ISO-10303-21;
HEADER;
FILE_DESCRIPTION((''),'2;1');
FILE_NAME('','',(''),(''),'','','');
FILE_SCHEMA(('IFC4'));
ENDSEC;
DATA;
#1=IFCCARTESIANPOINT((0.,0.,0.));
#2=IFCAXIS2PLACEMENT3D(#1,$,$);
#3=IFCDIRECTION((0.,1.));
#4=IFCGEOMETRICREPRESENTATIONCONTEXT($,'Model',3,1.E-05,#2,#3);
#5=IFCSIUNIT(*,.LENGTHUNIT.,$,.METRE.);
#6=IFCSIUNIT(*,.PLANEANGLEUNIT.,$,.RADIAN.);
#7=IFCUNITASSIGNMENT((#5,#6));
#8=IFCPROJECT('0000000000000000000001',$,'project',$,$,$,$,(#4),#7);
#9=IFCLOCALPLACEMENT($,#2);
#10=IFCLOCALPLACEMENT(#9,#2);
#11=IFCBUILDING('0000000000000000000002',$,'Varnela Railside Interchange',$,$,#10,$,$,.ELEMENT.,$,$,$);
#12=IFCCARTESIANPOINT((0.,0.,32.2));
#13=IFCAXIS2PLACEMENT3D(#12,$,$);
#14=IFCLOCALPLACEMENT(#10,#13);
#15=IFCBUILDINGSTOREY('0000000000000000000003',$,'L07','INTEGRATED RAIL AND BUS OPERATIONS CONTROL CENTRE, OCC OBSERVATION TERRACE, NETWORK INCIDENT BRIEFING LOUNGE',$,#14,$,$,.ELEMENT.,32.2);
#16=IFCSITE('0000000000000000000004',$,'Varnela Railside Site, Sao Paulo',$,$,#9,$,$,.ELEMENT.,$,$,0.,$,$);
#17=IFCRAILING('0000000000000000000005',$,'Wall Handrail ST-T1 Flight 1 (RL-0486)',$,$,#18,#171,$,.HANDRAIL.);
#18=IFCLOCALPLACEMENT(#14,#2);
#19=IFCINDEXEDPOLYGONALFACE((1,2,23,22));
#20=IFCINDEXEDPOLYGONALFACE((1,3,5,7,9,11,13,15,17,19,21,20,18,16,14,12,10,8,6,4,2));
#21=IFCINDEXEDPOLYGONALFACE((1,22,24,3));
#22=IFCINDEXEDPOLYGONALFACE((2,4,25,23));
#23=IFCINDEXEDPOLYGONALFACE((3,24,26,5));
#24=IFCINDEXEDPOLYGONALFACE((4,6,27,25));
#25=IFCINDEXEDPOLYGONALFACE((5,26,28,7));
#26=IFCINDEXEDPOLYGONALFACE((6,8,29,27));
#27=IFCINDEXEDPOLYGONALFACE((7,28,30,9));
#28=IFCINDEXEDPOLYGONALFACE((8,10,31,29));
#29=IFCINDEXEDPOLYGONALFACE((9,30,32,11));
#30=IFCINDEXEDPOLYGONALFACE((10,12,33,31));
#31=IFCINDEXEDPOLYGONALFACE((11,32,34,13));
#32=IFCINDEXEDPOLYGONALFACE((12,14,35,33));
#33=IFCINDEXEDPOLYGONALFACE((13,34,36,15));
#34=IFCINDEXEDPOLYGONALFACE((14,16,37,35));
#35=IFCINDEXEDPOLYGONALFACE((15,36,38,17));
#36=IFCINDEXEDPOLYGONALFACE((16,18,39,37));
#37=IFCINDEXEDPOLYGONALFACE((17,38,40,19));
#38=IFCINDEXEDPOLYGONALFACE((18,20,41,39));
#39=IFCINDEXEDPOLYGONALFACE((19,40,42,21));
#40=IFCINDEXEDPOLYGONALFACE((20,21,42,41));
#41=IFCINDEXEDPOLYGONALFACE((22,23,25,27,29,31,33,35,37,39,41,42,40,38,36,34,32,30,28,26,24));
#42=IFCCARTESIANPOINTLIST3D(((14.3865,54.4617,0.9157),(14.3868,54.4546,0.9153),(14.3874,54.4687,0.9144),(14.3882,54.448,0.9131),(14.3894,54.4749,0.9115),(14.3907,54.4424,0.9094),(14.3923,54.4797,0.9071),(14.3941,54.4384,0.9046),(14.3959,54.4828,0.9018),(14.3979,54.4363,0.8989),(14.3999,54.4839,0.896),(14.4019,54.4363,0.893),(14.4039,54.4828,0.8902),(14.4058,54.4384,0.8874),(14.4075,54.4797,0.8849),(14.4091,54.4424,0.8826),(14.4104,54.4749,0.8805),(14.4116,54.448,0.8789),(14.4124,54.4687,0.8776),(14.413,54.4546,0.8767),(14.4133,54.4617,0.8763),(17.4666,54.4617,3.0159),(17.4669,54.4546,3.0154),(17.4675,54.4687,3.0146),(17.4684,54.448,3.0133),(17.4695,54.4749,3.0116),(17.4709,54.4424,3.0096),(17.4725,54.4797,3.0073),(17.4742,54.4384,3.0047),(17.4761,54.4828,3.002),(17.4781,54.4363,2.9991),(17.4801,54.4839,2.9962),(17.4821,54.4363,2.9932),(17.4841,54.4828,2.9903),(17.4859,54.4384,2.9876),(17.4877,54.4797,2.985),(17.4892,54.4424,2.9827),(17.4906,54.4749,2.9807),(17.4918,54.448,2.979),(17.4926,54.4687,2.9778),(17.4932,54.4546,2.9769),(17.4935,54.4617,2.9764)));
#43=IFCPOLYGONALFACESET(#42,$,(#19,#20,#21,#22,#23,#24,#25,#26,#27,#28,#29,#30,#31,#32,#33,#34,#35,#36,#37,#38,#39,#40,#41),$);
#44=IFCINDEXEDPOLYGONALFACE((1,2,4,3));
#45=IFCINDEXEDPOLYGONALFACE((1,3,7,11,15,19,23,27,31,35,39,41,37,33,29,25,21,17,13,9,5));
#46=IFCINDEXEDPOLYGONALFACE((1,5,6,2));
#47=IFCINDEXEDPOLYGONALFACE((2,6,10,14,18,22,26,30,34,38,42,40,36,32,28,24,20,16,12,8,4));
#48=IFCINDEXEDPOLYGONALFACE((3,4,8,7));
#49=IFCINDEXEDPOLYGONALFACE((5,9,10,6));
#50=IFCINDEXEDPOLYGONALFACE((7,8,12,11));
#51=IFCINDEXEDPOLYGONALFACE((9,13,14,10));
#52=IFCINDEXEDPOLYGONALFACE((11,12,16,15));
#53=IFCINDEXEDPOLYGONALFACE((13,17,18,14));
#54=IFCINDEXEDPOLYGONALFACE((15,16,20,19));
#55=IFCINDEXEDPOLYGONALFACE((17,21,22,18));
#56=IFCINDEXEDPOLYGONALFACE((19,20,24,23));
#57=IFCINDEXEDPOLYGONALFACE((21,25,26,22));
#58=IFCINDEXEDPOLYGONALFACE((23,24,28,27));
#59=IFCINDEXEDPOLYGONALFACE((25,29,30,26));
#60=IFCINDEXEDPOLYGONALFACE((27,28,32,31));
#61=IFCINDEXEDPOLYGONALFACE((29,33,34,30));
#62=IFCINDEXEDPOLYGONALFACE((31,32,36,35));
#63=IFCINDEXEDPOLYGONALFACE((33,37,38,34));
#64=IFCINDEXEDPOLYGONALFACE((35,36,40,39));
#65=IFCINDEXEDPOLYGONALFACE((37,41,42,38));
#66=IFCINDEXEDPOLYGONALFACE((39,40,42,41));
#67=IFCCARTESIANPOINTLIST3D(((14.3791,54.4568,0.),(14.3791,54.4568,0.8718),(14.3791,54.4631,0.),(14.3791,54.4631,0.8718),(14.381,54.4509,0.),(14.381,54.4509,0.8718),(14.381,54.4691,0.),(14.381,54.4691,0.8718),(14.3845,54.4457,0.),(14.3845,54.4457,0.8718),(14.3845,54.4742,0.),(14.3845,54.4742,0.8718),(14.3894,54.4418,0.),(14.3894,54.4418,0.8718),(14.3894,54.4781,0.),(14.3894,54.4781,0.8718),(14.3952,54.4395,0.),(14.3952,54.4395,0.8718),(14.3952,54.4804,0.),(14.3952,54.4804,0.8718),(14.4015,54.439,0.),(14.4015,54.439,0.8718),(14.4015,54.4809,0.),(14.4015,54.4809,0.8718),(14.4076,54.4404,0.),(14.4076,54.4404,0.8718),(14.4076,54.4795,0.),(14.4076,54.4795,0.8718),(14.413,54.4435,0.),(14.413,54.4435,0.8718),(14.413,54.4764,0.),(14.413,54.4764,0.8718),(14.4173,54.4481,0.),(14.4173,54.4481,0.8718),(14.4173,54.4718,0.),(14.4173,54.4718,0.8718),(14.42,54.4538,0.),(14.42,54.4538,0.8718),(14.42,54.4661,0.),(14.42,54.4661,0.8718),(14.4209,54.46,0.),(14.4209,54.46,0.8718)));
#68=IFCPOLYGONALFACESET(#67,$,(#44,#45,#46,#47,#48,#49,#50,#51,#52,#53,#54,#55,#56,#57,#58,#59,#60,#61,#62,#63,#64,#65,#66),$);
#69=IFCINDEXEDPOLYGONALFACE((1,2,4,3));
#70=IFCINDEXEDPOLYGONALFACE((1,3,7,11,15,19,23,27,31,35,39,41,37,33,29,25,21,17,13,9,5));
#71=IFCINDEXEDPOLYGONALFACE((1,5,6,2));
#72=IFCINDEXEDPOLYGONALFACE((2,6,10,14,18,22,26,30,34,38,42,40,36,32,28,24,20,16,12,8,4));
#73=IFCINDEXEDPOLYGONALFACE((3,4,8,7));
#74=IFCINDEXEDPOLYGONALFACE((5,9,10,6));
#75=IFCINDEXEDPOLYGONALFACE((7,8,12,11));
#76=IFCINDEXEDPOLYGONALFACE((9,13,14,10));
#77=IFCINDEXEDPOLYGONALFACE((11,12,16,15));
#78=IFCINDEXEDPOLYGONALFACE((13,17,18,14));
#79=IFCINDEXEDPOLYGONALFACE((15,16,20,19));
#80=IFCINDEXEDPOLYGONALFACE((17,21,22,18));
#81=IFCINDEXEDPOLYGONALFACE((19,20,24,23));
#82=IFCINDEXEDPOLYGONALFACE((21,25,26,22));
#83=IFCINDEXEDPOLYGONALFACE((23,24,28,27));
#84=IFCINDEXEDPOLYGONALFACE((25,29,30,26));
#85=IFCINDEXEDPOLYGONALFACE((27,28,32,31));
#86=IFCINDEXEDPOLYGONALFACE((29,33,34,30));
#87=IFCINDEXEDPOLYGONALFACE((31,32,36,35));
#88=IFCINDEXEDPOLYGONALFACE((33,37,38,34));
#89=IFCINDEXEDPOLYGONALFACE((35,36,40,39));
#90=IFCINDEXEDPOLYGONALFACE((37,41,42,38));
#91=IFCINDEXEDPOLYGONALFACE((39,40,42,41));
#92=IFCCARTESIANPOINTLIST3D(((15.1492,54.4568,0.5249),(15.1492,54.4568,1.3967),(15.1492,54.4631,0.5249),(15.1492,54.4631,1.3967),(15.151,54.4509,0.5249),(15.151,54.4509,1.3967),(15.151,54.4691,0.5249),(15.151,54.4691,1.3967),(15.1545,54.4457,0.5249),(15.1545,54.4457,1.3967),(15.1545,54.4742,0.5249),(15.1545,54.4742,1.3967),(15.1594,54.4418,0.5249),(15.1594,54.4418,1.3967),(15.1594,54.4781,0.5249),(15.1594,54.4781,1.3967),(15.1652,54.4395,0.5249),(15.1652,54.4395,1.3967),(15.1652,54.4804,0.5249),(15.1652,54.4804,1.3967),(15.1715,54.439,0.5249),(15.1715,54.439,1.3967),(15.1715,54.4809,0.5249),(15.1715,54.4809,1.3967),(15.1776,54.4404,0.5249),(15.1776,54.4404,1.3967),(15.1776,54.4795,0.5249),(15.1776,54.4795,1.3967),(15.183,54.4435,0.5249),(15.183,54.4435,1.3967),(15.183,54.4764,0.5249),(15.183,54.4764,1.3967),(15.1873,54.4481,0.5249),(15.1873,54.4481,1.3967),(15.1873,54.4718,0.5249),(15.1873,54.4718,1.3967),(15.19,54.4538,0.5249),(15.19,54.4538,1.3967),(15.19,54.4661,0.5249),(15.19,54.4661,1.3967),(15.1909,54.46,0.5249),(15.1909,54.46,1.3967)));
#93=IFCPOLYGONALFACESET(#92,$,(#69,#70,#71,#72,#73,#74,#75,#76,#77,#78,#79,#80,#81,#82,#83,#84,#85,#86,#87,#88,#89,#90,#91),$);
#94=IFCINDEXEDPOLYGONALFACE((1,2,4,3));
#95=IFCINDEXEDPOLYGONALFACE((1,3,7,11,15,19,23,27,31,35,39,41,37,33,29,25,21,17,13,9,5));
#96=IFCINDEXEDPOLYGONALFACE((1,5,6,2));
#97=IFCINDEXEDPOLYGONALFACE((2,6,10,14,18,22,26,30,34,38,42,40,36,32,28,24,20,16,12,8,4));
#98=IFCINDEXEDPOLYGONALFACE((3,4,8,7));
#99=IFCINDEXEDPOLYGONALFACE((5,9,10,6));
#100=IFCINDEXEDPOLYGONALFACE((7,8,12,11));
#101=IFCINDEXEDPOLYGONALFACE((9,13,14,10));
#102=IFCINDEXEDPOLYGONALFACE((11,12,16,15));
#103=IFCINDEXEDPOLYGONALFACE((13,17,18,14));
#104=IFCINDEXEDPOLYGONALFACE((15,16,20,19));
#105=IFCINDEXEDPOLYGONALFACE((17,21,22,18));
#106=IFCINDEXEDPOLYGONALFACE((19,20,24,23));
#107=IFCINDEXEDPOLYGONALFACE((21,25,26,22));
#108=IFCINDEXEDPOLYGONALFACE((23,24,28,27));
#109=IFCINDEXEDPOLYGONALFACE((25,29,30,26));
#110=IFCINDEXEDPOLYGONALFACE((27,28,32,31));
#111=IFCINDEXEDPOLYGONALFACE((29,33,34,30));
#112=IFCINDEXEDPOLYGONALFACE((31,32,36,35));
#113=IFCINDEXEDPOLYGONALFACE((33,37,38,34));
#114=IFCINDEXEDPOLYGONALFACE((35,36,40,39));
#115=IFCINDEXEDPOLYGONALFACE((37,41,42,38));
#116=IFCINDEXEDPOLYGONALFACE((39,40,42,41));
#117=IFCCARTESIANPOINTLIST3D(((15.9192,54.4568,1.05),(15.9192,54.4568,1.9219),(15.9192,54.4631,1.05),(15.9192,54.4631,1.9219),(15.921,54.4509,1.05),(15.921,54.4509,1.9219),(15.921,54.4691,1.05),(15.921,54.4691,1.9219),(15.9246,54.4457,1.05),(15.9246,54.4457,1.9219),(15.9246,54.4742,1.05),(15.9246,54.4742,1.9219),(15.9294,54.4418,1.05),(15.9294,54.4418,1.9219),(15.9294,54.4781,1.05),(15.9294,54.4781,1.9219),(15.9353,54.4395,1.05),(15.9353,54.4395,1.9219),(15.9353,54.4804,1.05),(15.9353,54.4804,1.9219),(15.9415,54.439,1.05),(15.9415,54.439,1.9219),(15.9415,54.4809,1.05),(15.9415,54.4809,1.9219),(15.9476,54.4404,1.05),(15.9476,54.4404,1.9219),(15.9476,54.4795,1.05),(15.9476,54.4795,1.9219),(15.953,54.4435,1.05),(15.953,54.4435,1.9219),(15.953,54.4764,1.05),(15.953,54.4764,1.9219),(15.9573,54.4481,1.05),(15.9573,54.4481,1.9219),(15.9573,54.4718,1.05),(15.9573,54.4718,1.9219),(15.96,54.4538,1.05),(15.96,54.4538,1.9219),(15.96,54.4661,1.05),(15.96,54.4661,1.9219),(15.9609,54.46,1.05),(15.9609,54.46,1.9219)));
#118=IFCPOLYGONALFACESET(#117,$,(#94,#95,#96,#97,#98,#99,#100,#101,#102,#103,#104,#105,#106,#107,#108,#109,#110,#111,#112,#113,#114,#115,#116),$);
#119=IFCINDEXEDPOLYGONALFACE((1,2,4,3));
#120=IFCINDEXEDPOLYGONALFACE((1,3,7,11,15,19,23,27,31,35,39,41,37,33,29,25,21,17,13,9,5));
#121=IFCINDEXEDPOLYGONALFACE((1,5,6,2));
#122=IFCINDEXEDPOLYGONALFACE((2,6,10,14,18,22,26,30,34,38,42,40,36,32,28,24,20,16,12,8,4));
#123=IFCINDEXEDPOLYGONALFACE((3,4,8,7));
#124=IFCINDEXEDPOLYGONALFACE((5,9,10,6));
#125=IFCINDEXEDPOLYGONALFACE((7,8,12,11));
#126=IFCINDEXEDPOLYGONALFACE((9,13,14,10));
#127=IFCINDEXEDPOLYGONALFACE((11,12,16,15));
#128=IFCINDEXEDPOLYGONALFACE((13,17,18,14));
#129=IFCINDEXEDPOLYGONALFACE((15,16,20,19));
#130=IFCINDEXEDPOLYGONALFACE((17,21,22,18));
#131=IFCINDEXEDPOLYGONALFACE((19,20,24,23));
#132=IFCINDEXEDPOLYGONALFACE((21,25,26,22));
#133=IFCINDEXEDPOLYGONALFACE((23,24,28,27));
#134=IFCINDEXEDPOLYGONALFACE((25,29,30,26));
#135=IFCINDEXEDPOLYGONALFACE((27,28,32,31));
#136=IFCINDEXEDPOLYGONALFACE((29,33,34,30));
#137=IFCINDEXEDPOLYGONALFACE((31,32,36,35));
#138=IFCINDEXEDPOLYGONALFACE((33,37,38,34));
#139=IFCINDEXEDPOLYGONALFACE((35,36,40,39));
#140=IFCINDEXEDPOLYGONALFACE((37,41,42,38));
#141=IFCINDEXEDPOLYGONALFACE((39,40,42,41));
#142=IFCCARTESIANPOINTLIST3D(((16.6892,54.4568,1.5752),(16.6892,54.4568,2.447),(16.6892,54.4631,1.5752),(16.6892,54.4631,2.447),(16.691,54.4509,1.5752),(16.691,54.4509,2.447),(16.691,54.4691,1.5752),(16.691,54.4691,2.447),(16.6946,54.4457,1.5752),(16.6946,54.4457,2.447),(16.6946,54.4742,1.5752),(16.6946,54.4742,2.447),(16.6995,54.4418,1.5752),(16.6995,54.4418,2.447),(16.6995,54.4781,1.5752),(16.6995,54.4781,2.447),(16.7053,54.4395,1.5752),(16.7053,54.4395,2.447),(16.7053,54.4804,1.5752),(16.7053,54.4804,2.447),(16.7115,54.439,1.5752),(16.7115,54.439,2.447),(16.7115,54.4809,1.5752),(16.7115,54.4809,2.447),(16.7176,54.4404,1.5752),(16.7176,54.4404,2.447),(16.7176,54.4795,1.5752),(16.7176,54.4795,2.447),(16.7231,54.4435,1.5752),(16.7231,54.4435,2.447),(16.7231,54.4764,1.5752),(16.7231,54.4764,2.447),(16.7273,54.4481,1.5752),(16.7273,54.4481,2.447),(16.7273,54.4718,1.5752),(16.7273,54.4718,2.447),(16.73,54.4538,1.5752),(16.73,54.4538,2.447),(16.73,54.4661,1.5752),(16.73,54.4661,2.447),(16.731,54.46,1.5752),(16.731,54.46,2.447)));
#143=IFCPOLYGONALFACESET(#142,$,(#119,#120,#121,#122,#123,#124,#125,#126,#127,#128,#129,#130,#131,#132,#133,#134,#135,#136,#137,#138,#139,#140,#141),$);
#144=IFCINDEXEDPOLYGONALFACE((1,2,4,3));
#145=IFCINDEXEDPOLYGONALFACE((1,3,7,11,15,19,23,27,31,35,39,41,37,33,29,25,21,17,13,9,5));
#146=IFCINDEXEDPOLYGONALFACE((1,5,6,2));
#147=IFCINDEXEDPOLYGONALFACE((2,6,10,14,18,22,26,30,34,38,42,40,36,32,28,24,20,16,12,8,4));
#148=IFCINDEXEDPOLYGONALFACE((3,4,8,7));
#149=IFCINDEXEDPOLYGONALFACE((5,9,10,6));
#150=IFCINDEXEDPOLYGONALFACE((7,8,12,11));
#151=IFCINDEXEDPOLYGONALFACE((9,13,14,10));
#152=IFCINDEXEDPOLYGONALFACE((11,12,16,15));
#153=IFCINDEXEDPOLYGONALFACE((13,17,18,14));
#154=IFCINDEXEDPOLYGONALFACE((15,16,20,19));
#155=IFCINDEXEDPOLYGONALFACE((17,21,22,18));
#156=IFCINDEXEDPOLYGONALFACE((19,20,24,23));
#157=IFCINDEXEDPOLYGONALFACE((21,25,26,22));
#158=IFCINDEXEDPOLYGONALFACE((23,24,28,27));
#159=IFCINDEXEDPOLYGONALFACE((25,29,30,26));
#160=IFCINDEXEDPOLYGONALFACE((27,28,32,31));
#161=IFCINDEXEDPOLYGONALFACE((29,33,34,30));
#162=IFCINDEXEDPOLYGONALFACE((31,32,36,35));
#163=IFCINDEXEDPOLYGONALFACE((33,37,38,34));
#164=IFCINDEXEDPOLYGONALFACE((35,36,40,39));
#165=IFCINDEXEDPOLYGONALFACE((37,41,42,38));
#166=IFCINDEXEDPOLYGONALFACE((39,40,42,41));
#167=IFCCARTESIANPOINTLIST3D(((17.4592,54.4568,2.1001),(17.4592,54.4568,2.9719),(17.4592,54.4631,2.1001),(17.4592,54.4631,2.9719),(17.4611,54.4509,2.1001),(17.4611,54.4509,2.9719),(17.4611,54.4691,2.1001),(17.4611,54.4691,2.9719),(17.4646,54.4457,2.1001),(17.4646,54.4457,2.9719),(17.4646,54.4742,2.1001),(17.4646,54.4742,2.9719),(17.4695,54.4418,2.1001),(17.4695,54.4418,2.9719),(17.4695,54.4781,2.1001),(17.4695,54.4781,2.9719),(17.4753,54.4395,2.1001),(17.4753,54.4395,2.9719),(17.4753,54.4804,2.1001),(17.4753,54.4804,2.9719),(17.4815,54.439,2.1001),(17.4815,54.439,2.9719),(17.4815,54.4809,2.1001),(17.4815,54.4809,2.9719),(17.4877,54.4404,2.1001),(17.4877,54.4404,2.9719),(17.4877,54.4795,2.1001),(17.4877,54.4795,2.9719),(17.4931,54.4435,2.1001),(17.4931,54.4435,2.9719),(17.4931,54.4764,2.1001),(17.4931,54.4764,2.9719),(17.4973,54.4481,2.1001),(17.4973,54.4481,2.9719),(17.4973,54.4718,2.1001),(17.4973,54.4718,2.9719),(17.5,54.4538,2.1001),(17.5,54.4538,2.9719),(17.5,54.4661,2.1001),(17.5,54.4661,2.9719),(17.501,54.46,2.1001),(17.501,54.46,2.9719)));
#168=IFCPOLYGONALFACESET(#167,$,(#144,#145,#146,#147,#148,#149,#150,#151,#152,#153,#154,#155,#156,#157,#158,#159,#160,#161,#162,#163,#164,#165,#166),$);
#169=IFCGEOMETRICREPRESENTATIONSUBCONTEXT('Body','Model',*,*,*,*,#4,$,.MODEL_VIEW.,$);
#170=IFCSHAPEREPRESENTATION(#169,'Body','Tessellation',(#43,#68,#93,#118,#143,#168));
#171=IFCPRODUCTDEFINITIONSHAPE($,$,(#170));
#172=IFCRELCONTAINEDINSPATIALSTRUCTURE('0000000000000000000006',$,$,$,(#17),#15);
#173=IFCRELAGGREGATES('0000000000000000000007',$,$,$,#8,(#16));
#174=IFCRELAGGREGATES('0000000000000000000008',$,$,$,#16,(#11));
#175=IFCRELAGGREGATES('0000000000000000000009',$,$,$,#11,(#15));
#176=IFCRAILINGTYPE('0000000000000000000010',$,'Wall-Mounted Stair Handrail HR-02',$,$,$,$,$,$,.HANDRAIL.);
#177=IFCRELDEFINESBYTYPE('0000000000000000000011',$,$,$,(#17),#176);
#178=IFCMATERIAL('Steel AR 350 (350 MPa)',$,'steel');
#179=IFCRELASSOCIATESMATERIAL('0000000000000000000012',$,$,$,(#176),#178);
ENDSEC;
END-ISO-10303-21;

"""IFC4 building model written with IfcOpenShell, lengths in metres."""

from ifc_helpers import new_model, si_unit, direction, frame, origin, origin_2d, place, context, subcontext, project, spatial, circle, extrude, material, type_object, element, save


model = new_model("IFC4")

# Units and contexts
model_context = context("Model", 3, precision=1e-05, world=origin(), true_north=direction((0.0, 1.0)))
body_context = subcontext(model_context, "Body", "Model", "MODEL_VIEW")
ifc_project = project(units=[si_unit("LENGTHUNIT", "METRE"), si_unit("PLANEANGLEUNIT", "RADIAN")], contexts=[model_context])

# Site, building, storey
site_placement = place(None, origin())
site = spatial("IfcSite", under=ifc_project, at=site_placement, Name="Varnela Railside Site, Sao Paulo", CompositionType="ELEMENT", RefElevation=0.0)
building_placement = place(site_placement, origin())
building = spatial("IfcBuilding", under=site, at=building_placement, Name="Varnela Railside Interchange", CompositionType="ELEMENT")
storey_placement = place(building_placement, frame((0.0, 0.0, 32.2)))
storey = spatial("IfcBuildingStorey", under=building, at=storey_placement, Name="L07", Description="INTEGRATED RAIL AND BUS OPERATIONS CONTROL CENTRE, OCC OBSERVATION TERRACE, NETWORK INCIDENT BRIEFING LOUNGE", CompositionType="ELEMENT", Elevation=32.2)

# Shared definitions
ifc_material_1 = material(Name="Steel AR 350 (350 MPa)", Category="steel")

# Railing
railing_type_1 = type_object("IfcRailingType", Name="Wall-Mounted Stair Handrail HR-02", PredefinedType="HANDRAIL", material=ifc_material_1)
railing_1_placement = place(storey_placement, frame((14.3999, 54.46, 0.0)))
element("IfcRailing", 1, at=railing_1_placement, inside=storey, type_object=railing_type_1, Name="Wall Handrail ST-T1 Flight 1 (RL-0486)", PredefinedType="HANDRAIL", context=body_context, shape_type="SweptSolid", body=[
    extrude(circle(Radius=0.0239, at=origin_2d()), frame((0.0, 0.0, 0.896), z_axis=(0.826222, 0.0, 0.563345), x_axis=(0.0, 1.0, 0.0)), (0.0, 0.0, 1.0), 3.728),
    extrude(circle(Radius=0.021, at=origin_2d()), origin(), (0.0, 0.0, 1.0), 0.8718),
    extrude(circle(Radius=0.021, at=origin_2d()), frame((0.77, 0.0, 0.5249)), (0.0, 0.0, 1.0), 0.8718),
    extrude(circle(Radius=0.021, at=origin_2d()), frame((1.54, 0.0, 1.05)), (0.0, 0.0, 1.0), 0.8718),
    extrude(circle(Radius=0.021, at=origin_2d()), frame((2.3101, 0.0, 1.5752)), (0.0, 0.0, 1.0), 0.8718),
    extrude(circle(Radius=0.021, at=origin_2d()), frame((3.0801, 0.0, 2.1001)), (0.0, 0.0, 1.0), 0.8718),
])

save(model, "model.ifc")
